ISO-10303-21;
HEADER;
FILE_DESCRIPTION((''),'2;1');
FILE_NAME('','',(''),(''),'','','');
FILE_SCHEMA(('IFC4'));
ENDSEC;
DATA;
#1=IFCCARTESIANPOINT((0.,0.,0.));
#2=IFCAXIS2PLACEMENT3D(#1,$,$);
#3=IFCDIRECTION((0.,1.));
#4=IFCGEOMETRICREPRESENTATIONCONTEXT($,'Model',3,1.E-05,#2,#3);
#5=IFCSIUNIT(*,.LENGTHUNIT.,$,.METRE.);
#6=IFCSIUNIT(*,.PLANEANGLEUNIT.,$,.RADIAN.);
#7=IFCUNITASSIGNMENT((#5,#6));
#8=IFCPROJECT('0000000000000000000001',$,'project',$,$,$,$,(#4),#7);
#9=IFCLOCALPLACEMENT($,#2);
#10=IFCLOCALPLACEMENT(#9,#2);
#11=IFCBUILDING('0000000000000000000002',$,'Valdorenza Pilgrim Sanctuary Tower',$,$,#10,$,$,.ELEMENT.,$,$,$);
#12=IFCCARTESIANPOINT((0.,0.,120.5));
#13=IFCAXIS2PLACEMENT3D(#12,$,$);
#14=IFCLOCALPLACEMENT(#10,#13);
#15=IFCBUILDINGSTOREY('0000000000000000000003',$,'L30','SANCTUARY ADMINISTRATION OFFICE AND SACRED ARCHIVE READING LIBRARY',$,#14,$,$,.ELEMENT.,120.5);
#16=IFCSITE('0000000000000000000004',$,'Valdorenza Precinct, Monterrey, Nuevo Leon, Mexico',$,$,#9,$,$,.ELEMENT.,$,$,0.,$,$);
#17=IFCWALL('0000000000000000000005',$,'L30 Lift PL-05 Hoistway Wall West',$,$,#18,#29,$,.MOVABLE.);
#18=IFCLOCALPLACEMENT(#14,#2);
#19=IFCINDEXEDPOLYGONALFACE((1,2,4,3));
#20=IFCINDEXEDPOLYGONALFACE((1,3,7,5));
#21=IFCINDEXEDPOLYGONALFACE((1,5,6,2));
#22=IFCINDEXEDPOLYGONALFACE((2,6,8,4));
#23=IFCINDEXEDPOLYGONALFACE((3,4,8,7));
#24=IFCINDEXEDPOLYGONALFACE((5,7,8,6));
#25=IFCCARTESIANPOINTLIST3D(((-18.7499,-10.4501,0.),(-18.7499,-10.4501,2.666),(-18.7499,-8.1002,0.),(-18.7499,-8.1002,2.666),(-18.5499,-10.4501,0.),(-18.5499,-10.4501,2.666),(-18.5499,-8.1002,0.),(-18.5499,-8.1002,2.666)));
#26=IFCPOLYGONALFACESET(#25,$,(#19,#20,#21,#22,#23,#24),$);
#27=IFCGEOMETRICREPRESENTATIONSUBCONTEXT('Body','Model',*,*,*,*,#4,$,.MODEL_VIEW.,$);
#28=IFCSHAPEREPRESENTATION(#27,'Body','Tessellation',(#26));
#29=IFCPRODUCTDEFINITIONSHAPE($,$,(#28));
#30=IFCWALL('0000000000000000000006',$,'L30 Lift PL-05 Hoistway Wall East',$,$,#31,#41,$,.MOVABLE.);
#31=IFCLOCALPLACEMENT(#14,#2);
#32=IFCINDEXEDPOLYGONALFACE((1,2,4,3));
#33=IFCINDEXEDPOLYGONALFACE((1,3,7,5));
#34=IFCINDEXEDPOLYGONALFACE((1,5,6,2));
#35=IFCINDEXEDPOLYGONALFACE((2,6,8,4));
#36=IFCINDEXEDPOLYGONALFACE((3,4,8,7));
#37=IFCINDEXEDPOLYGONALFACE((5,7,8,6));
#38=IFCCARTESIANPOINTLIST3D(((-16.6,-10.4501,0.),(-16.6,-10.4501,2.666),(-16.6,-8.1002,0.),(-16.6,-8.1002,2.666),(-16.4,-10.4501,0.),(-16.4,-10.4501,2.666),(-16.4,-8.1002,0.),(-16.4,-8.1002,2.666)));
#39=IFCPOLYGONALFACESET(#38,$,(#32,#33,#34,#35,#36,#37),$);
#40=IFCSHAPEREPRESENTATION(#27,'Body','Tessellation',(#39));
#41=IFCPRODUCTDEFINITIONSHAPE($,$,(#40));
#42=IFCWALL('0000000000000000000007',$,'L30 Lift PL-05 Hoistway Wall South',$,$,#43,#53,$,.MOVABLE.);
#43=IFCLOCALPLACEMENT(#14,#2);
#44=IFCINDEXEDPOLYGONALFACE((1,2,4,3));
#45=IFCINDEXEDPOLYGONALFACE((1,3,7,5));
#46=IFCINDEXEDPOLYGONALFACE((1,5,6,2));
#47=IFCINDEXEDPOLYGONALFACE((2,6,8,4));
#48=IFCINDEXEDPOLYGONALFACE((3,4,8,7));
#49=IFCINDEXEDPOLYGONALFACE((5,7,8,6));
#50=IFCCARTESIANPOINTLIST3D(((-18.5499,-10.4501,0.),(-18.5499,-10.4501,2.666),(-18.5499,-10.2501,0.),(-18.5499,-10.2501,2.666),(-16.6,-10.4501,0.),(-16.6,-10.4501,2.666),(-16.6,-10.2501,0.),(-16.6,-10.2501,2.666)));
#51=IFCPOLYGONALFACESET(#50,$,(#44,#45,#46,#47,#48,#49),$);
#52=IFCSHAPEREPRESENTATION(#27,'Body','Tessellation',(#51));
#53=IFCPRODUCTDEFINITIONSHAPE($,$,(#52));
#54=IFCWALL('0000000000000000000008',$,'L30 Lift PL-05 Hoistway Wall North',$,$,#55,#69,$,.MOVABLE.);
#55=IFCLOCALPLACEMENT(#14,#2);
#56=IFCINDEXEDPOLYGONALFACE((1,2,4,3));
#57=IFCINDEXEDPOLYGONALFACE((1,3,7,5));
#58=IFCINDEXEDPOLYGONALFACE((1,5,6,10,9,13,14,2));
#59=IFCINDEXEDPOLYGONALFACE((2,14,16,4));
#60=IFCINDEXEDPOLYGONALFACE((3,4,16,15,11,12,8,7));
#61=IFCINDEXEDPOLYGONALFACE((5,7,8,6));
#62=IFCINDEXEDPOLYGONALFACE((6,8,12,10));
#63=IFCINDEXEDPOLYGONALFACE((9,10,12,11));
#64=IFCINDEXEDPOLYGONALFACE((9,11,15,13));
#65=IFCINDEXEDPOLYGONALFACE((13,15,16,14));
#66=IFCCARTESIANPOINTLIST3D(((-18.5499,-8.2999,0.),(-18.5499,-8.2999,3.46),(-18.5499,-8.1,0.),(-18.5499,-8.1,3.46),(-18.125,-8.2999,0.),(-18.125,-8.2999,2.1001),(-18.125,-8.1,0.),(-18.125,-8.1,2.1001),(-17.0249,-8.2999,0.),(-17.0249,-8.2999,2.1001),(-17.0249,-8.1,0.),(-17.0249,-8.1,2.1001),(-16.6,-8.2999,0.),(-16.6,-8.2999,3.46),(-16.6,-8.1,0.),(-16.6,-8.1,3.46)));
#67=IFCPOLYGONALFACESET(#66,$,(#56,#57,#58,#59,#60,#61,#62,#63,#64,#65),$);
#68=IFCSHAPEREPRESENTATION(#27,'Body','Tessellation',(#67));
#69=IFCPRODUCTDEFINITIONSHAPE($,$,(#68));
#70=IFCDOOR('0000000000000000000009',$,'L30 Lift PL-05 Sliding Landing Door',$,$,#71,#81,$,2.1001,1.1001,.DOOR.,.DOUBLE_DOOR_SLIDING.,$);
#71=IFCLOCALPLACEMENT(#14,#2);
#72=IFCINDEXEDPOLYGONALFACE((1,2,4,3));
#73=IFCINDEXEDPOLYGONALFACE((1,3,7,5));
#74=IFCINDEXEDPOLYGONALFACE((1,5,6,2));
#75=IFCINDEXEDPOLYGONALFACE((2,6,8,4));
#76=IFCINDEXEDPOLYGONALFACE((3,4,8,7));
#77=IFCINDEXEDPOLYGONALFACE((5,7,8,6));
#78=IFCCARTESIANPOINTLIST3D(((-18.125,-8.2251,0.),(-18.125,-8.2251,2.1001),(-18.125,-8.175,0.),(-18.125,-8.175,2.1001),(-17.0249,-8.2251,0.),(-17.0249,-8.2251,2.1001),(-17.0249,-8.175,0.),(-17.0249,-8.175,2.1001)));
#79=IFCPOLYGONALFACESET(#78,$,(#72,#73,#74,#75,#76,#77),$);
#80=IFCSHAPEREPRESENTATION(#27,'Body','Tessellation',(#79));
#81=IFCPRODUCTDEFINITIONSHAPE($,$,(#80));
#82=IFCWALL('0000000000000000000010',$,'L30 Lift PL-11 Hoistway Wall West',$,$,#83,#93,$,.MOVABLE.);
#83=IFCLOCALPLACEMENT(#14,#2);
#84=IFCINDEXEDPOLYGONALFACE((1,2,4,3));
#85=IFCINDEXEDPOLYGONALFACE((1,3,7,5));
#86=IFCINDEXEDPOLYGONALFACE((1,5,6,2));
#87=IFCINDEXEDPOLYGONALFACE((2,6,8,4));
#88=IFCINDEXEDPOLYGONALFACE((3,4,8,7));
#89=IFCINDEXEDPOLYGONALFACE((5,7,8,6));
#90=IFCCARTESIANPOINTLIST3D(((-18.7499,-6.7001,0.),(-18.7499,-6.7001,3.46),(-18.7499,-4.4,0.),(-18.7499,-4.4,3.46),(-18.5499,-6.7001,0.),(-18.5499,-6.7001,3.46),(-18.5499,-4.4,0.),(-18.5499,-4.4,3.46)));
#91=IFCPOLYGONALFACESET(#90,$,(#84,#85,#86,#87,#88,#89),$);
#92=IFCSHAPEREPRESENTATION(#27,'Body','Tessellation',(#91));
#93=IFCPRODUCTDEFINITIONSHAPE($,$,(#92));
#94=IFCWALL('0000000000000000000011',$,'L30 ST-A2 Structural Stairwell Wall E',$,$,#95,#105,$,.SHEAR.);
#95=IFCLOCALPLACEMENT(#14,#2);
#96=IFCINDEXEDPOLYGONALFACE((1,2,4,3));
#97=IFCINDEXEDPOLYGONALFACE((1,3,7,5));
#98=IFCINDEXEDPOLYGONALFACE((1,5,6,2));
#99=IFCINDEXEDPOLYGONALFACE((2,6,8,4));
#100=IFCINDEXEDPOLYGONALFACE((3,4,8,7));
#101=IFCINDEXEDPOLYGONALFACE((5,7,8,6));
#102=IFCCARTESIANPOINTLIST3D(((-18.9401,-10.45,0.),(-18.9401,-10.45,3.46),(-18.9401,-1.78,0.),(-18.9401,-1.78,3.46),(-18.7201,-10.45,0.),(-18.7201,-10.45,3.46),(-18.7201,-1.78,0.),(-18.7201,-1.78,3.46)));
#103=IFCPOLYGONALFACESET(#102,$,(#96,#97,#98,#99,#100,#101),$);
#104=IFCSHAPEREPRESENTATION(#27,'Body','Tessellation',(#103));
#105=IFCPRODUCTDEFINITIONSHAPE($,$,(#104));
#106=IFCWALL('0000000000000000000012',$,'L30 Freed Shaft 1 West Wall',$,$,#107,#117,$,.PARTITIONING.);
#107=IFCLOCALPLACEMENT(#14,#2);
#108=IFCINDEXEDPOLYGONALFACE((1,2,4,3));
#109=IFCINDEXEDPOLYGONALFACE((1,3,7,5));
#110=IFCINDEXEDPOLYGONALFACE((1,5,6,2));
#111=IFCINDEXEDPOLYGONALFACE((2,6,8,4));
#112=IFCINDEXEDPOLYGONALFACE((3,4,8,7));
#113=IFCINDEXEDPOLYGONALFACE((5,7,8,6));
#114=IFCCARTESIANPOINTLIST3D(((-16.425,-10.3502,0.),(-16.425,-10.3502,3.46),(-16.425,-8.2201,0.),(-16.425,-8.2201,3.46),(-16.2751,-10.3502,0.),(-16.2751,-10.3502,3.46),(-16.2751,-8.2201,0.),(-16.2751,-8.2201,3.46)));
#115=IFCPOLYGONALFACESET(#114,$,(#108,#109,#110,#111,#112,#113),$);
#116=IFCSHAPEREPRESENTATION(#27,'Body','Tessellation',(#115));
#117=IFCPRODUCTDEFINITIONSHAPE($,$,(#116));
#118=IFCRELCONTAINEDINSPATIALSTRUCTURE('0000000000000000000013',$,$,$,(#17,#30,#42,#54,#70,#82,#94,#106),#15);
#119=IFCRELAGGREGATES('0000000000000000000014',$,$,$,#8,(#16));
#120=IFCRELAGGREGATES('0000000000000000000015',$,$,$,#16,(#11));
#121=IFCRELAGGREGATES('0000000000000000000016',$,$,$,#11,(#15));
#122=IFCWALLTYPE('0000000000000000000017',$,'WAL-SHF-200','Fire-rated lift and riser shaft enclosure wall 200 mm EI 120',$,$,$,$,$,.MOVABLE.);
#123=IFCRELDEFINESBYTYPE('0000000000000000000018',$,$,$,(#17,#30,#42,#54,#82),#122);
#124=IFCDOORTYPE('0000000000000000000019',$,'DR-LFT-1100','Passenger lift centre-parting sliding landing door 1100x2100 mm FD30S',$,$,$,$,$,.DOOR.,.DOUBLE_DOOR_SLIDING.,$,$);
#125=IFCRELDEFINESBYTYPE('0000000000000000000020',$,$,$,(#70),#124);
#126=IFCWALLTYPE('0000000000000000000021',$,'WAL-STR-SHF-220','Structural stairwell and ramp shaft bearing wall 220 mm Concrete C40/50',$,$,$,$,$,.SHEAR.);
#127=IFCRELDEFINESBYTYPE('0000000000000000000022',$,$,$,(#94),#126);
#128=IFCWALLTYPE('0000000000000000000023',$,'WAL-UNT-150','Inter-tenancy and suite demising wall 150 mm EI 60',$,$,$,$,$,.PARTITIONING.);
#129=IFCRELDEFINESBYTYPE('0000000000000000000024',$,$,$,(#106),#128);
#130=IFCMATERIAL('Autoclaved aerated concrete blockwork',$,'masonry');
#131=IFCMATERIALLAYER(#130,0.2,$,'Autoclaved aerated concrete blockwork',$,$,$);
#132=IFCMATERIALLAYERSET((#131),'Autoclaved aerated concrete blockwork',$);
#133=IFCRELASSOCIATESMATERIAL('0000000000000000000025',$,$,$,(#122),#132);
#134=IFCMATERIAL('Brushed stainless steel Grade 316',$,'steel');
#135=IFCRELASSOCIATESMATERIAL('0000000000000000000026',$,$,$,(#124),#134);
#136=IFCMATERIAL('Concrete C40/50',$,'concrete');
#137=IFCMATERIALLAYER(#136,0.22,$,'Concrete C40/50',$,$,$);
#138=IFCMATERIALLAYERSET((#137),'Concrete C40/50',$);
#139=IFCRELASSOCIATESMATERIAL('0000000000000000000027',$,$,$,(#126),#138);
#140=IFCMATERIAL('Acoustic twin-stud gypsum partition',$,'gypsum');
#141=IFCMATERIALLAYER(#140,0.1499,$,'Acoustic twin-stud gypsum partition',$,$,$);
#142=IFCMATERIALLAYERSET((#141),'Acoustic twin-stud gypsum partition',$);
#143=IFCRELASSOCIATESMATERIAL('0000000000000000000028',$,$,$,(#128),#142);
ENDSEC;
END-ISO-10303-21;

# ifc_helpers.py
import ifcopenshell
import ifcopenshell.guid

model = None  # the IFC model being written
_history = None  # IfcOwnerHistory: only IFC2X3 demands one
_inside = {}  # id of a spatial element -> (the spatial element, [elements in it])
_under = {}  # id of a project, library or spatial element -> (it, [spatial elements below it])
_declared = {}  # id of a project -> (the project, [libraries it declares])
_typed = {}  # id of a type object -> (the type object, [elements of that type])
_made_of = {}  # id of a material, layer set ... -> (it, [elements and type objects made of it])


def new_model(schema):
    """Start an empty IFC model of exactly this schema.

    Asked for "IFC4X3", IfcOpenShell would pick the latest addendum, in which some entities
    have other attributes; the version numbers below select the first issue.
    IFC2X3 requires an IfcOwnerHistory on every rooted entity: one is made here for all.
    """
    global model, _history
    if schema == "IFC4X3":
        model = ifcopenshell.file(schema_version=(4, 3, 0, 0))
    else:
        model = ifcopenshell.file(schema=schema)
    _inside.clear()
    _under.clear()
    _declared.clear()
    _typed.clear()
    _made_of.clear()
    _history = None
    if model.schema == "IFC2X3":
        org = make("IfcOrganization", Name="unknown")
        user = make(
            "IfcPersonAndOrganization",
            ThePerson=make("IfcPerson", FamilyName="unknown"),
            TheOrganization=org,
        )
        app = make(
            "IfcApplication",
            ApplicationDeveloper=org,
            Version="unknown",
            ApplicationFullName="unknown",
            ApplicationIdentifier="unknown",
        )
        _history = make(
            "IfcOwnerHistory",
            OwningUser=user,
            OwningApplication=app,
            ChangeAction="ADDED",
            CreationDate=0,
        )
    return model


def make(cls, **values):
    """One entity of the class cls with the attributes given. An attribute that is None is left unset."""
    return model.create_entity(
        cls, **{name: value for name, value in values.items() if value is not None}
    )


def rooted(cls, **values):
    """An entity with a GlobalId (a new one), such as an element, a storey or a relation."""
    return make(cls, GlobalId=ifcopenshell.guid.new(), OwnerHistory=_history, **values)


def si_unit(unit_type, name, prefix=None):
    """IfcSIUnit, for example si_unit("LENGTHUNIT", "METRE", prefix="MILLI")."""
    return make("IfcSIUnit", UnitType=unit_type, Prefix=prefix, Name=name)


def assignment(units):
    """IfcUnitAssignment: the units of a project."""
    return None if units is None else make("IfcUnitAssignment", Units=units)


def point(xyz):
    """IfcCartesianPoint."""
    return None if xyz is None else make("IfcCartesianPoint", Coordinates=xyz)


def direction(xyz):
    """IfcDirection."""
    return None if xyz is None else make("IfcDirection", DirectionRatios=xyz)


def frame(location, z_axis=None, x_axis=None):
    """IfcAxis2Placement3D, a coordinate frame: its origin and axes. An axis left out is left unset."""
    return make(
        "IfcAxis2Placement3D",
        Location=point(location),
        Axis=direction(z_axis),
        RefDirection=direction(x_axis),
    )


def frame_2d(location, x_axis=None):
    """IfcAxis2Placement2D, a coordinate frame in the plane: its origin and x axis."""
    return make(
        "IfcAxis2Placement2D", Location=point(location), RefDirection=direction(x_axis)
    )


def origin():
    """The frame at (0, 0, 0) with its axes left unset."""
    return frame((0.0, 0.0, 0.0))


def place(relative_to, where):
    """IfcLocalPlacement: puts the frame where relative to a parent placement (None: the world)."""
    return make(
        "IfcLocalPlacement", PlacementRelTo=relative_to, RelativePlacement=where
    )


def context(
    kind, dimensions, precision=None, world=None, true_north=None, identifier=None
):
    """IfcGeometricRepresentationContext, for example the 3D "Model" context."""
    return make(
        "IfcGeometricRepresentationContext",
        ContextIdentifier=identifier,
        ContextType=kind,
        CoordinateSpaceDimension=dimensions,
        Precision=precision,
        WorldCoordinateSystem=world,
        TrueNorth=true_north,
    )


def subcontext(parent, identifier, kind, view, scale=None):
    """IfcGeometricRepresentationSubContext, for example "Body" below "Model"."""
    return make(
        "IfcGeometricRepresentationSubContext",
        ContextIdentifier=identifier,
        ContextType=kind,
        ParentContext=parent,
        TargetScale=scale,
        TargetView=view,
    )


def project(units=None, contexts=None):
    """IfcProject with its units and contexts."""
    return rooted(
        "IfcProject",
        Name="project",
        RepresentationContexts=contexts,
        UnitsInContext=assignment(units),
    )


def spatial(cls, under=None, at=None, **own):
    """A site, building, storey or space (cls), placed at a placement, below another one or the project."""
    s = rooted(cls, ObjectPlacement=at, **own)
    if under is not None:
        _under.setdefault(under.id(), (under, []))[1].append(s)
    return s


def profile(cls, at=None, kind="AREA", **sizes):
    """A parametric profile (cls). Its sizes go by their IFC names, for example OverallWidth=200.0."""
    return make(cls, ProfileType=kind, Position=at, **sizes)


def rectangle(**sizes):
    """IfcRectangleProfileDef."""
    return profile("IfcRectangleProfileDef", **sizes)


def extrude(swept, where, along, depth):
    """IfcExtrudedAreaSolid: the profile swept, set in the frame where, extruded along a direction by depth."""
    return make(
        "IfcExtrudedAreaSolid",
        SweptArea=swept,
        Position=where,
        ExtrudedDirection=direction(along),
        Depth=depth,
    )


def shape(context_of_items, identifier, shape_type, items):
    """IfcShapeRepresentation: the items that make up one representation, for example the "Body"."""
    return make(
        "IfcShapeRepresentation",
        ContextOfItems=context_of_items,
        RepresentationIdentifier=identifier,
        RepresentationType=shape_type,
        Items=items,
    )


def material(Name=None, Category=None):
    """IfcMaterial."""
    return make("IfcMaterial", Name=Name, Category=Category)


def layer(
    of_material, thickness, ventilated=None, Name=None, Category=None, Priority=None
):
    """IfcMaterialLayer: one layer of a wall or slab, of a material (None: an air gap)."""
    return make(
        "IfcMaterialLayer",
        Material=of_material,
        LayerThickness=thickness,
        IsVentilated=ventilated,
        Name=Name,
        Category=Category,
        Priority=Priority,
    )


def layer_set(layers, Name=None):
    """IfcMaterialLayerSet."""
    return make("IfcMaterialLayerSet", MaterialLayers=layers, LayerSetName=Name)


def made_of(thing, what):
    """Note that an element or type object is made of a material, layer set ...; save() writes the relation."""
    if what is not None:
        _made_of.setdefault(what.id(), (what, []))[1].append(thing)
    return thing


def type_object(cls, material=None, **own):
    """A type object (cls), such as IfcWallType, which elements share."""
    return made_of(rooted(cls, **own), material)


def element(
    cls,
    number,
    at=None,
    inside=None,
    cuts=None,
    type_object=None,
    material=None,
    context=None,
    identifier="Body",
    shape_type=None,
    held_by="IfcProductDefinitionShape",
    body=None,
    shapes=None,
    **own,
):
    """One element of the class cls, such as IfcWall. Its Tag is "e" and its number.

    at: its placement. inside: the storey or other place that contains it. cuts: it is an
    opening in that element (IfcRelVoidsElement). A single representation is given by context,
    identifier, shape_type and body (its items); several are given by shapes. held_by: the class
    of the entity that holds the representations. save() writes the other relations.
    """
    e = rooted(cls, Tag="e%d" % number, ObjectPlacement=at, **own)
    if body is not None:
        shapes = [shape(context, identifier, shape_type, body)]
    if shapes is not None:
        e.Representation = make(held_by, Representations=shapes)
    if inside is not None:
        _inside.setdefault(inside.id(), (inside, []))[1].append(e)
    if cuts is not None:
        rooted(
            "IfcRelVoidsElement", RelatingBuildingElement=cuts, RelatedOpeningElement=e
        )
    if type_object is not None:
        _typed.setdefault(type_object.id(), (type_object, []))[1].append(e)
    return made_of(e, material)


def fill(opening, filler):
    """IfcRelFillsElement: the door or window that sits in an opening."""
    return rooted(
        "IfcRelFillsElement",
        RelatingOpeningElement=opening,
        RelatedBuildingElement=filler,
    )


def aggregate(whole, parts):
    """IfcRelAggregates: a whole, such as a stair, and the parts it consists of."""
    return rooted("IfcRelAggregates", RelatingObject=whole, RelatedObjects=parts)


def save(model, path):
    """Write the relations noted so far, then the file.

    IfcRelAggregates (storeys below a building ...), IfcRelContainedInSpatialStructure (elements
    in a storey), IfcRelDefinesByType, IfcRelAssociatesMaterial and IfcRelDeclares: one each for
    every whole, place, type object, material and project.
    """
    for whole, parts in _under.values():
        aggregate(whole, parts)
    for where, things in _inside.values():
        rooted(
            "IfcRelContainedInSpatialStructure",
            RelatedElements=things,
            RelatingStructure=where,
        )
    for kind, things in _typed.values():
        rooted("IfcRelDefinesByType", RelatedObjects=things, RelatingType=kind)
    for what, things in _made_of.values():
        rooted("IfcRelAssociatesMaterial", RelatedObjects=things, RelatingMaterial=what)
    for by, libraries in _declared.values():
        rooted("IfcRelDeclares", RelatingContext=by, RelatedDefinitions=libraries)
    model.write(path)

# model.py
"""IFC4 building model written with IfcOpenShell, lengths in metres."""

from ifc_helpers import new_model, si_unit, direction, frame, frame_2d, origin, place, context, subcontext, project, spatial, rectangle, extrude, material, layer, layer_set, type_object, element, fill, save


model = new_model("IFC4")

# Units and contexts
model_context = context("Model", 3, precision=1e-05, world=origin(), true_north=direction((0.0, 1.0)))
body_context = subcontext(model_context, "Body", "Model", "MODEL_VIEW")
ifc_project = project(units=[si_unit("LENGTHUNIT", "METRE"), si_unit("PLANEANGLEUNIT", "RADIAN")], contexts=[model_context])

# Site, building, storey
site_placement = place(None, origin())
site = spatial("IfcSite", under=ifc_project, at=site_placement, Name="Valdorenza Precinct, Monterrey, Nuevo Leon, Mexico", CompositionType="ELEMENT", RefElevation=0.0)
building_placement = place(site_placement, origin())
building = spatial("IfcBuilding", under=site, at=building_placement, Name="Valdorenza Pilgrim Sanctuary Tower", CompositionType="ELEMENT")
storey_placement = place(building_placement, frame((0.0, 0.0, 120.5)))
storey = spatial("IfcBuildingStorey", under=building, at=storey_placement, Name="L30", Description="SANCTUARY ADMINISTRATION OFFICE AND SACRED ARCHIVE READING LIBRARY", CompositionType="ELEMENT", Elevation=120.5)

# Shared definitions
ifc_material_1 = material(Name="Acoustic twin-stud gypsum partition", Category="gypsum")

# Walls
ifc_material_2 = material(Name="Autoclaved aerated concrete blockwork", Category="masonry")
ifc_layer_1 = layer(ifc_material_2, 0.2, Name="Autoclaved aerated concrete blockwork")
ifc_layer_set_1 = layer_set([ifc_layer_1], Name="Autoclaved aerated concrete blockwork")
wall_type_1 = type_object("IfcWallType", Name="WAL-SHF-200", Description="Fire-rated lift and riser shaft enclosure wall 200 mm EI 120", PredefinedType="MOVABLE", material=ifc_layer_set_1)
for number, where, z_axis, x_axis, name in (
    (1, (-18.6499, -10.45, 0.0), (0.0, 0.0, 1.0), (0.0, 1.0, 0.0), "L30 Lift PL-05 Hoistway Wall West"),
    (2, (-16.5, -10.45, 0.0), (0.0, 0.0, 1.0), (0.0, 1.0, 0.0), "L30 Lift PL-05 Hoistway Wall East"),
):
    element("IfcWall", number, at=place(storey_placement, frame(where, z_axis=z_axis, x_axis=x_axis)), inside=storey, type_object=wall_type_1, Name=name, PredefinedType="MOVABLE", context=body_context, shape_type="SweptSolid", body=[
        extrude(rectangle(XDim=2.3499, YDim=0.2, at=frame_2d((1.1748, 0.0))), origin(), (0.0, 0.0, 1.0), 2.666),
    ])
wall_1_placement = place(storey_placement, frame((-18.55, -10.3501, 0.0), z_axis=(0.0, 0.0, 1.0), x_axis=(1.0, 0.0, 0.0)))
element("IfcWall", 3, at=wall_1_placement, inside=storey, type_object=wall_type_1, Name="L30 Lift PL-05 Hoistway Wall South", PredefinedType="MOVABLE", context=body_context, shape_type="SweptSolid", body=[
    extrude(rectangle(XDim=1.95, YDim=0.2, at=frame_2d((0.9751, 0.0))), origin(), (0.0, 0.0, 1.0), 2.666),
])

# Wall, opening, door
wall_2_placement = place(storey_placement, frame((-18.55, -8.2, 0.0), z_axis=(0.0, 0.0, 1.0), x_axis=(1.0, 0.0, 0.0)))
wall_2 = element("IfcWall", 4, at=wall_2_placement, inside=storey, type_object=wall_type_1, Name="L30 Lift PL-05 Hoistway Wall North", PredefinedType="MOVABLE", context=body_context, shape_type="SweptSolid", body=[
    extrude(rectangle(XDim=1.95, YDim=0.2, at=frame_2d((0.9751, 0.0))), origin(), (0.0, 0.0, 1.0), 3.46),
])
opening_1_placement = place(wall_2_placement, frame((0.425, 0.0, 0.0)))
opening_1 = element("IfcOpeningElement", 5, at=opening_1_placement, cuts=wall_2, PredefinedType="OPENING", context=body_context, shape_type="SweptSolid", body=[
    extrude(rectangle(XDim=1.1001, YDim=2.1001, at=frame_2d((0.55, 1.05))), frame((0.0, 0.1147, 0.0), z_axis=(0.0, -1.0, 0.0), x_axis=(1.0, 0.0, 0.0)), (0.0, 0.0, 1.0), 0.2297),
])
ifc_material_3 = material(Name="Brushed stainless steel Grade 316", Category="steel")
door_type_1 = type_object("IfcDoorType", Name="DR-LFT-1100", Description="Passenger lift centre-parting sliding landing door 1100x2100 mm FD30S", OperationType="DOUBLE_DOOR_SLIDING", PredefinedType="DOOR", material=ifc_material_3)
door_1_placement = place(opening_1_placement, origin())
door_1 = element("IfcDoor", 6, at=door_1_placement, inside=storey, type_object=door_type_1, Name="L30 Lift PL-05 Sliding Landing Door", OperationType="DOUBLE_DOOR_SLIDING", OverallHeight=2.1001, OverallWidth=1.1001, PredefinedType="DOOR", context=body_context, shape_type="SweptSolid", body=[
    extrude(rectangle(XDim=1.1001, YDim=2.1001, at=frame_2d((0.55, 1.05))), frame((0.0, 0.0249, 0.0), z_axis=(0.0, -1.0, 0.0), x_axis=(1.0, 0.0, 0.0)), (0.0, 0.0, 1.0), 0.05),
])
fill(opening_1, door_1)

# Walls
wall_3_placement = place(storey_placement, frame((-18.6499, -6.7, 0.0), z_axis=(0.0, 0.0, 1.0), x_axis=(0.0, 1.0, 0.0)))
element("IfcWall", 7, at=wall_3_placement, inside=storey, type_object=wall_type_1, Name="L30 Lift PL-11 Hoistway Wall West", PredefinedType="MOVABLE", context=body_context, shape_type="SweptSolid", body=[
    extrude(rectangle(XDim=2.3, YDim=0.2, at=frame_2d((1.1499, 0.0))), origin(), (0.0, 0.0, 1.0), 3.46),
])
ifc_material_4 = material(Name="Concrete C40/50", Category="concrete")
ifc_layer_2 = layer(ifc_material_4, 0.22, Name="Concrete C40/50")
ifc_layer_set_2 = layer_set([ifc_layer_2], Name="Concrete C40/50")
wall_type_2 = type_object("IfcWallType", Name="WAL-STR-SHF-220", Description="Structural stairwell and ramp shaft bearing wall 220 mm Concrete C40/50", PredefinedType="SHEAR", material=ifc_layer_set_2)
wall_4_placement = place(storey_placement, frame((-18.8301, -10.45, 0.0), z_axis=(0.0, 0.0, 1.0), x_axis=(0.0, 1.0, 0.0)))
element("IfcWall", 8, at=wall_4_placement, inside=storey, type_object=wall_type_2, Name="L30 ST-A2 Structural Stairwell Wall E", PredefinedType="SHEAR", context=body_context, shape_type="SweptSolid", body=[
    extrude(rectangle(XDim=8.6699, YDim=0.22, at=frame_2d((4.335, 0.0))), origin(), (0.0, 0.0, 1.0), 3.46),
])
ifc_layer_3 = layer(ifc_material_1, 0.1499, Name="Acoustic twin-stud gypsum partition")
ifc_layer_set_3 = layer_set([ifc_layer_3], Name="Acoustic twin-stud gypsum partition")
wall_type_3 = type_object("IfcWallType", Name="WAL-UNT-150", Description="Inter-tenancy and suite demising wall 150 mm EI 60", PredefinedType="PARTITIONING", material=ifc_layer_set_3)
wall_5_placement = place(storey_placement, frame((-16.3501, -10.3501, 0.0), z_axis=(0.0, 0.0, 1.0), x_axis=(0.0, 1.0, 0.0)))
element("IfcWall", 9, at=wall_5_placement, inside=storey, type_object=wall_type_3, Name="L30 Freed Shaft 1 West Wall", PredefinedType="PARTITIONING", context=body_context, shape_type="SweptSolid", body=[
    extrude(rectangle(XDim=2.1301, YDim=0.1499, at=frame_2d((1.0649, 0.0))), origin(), (0.0, 0.0, 1.0), 3.46),
])

save(model, "model.ifc")
